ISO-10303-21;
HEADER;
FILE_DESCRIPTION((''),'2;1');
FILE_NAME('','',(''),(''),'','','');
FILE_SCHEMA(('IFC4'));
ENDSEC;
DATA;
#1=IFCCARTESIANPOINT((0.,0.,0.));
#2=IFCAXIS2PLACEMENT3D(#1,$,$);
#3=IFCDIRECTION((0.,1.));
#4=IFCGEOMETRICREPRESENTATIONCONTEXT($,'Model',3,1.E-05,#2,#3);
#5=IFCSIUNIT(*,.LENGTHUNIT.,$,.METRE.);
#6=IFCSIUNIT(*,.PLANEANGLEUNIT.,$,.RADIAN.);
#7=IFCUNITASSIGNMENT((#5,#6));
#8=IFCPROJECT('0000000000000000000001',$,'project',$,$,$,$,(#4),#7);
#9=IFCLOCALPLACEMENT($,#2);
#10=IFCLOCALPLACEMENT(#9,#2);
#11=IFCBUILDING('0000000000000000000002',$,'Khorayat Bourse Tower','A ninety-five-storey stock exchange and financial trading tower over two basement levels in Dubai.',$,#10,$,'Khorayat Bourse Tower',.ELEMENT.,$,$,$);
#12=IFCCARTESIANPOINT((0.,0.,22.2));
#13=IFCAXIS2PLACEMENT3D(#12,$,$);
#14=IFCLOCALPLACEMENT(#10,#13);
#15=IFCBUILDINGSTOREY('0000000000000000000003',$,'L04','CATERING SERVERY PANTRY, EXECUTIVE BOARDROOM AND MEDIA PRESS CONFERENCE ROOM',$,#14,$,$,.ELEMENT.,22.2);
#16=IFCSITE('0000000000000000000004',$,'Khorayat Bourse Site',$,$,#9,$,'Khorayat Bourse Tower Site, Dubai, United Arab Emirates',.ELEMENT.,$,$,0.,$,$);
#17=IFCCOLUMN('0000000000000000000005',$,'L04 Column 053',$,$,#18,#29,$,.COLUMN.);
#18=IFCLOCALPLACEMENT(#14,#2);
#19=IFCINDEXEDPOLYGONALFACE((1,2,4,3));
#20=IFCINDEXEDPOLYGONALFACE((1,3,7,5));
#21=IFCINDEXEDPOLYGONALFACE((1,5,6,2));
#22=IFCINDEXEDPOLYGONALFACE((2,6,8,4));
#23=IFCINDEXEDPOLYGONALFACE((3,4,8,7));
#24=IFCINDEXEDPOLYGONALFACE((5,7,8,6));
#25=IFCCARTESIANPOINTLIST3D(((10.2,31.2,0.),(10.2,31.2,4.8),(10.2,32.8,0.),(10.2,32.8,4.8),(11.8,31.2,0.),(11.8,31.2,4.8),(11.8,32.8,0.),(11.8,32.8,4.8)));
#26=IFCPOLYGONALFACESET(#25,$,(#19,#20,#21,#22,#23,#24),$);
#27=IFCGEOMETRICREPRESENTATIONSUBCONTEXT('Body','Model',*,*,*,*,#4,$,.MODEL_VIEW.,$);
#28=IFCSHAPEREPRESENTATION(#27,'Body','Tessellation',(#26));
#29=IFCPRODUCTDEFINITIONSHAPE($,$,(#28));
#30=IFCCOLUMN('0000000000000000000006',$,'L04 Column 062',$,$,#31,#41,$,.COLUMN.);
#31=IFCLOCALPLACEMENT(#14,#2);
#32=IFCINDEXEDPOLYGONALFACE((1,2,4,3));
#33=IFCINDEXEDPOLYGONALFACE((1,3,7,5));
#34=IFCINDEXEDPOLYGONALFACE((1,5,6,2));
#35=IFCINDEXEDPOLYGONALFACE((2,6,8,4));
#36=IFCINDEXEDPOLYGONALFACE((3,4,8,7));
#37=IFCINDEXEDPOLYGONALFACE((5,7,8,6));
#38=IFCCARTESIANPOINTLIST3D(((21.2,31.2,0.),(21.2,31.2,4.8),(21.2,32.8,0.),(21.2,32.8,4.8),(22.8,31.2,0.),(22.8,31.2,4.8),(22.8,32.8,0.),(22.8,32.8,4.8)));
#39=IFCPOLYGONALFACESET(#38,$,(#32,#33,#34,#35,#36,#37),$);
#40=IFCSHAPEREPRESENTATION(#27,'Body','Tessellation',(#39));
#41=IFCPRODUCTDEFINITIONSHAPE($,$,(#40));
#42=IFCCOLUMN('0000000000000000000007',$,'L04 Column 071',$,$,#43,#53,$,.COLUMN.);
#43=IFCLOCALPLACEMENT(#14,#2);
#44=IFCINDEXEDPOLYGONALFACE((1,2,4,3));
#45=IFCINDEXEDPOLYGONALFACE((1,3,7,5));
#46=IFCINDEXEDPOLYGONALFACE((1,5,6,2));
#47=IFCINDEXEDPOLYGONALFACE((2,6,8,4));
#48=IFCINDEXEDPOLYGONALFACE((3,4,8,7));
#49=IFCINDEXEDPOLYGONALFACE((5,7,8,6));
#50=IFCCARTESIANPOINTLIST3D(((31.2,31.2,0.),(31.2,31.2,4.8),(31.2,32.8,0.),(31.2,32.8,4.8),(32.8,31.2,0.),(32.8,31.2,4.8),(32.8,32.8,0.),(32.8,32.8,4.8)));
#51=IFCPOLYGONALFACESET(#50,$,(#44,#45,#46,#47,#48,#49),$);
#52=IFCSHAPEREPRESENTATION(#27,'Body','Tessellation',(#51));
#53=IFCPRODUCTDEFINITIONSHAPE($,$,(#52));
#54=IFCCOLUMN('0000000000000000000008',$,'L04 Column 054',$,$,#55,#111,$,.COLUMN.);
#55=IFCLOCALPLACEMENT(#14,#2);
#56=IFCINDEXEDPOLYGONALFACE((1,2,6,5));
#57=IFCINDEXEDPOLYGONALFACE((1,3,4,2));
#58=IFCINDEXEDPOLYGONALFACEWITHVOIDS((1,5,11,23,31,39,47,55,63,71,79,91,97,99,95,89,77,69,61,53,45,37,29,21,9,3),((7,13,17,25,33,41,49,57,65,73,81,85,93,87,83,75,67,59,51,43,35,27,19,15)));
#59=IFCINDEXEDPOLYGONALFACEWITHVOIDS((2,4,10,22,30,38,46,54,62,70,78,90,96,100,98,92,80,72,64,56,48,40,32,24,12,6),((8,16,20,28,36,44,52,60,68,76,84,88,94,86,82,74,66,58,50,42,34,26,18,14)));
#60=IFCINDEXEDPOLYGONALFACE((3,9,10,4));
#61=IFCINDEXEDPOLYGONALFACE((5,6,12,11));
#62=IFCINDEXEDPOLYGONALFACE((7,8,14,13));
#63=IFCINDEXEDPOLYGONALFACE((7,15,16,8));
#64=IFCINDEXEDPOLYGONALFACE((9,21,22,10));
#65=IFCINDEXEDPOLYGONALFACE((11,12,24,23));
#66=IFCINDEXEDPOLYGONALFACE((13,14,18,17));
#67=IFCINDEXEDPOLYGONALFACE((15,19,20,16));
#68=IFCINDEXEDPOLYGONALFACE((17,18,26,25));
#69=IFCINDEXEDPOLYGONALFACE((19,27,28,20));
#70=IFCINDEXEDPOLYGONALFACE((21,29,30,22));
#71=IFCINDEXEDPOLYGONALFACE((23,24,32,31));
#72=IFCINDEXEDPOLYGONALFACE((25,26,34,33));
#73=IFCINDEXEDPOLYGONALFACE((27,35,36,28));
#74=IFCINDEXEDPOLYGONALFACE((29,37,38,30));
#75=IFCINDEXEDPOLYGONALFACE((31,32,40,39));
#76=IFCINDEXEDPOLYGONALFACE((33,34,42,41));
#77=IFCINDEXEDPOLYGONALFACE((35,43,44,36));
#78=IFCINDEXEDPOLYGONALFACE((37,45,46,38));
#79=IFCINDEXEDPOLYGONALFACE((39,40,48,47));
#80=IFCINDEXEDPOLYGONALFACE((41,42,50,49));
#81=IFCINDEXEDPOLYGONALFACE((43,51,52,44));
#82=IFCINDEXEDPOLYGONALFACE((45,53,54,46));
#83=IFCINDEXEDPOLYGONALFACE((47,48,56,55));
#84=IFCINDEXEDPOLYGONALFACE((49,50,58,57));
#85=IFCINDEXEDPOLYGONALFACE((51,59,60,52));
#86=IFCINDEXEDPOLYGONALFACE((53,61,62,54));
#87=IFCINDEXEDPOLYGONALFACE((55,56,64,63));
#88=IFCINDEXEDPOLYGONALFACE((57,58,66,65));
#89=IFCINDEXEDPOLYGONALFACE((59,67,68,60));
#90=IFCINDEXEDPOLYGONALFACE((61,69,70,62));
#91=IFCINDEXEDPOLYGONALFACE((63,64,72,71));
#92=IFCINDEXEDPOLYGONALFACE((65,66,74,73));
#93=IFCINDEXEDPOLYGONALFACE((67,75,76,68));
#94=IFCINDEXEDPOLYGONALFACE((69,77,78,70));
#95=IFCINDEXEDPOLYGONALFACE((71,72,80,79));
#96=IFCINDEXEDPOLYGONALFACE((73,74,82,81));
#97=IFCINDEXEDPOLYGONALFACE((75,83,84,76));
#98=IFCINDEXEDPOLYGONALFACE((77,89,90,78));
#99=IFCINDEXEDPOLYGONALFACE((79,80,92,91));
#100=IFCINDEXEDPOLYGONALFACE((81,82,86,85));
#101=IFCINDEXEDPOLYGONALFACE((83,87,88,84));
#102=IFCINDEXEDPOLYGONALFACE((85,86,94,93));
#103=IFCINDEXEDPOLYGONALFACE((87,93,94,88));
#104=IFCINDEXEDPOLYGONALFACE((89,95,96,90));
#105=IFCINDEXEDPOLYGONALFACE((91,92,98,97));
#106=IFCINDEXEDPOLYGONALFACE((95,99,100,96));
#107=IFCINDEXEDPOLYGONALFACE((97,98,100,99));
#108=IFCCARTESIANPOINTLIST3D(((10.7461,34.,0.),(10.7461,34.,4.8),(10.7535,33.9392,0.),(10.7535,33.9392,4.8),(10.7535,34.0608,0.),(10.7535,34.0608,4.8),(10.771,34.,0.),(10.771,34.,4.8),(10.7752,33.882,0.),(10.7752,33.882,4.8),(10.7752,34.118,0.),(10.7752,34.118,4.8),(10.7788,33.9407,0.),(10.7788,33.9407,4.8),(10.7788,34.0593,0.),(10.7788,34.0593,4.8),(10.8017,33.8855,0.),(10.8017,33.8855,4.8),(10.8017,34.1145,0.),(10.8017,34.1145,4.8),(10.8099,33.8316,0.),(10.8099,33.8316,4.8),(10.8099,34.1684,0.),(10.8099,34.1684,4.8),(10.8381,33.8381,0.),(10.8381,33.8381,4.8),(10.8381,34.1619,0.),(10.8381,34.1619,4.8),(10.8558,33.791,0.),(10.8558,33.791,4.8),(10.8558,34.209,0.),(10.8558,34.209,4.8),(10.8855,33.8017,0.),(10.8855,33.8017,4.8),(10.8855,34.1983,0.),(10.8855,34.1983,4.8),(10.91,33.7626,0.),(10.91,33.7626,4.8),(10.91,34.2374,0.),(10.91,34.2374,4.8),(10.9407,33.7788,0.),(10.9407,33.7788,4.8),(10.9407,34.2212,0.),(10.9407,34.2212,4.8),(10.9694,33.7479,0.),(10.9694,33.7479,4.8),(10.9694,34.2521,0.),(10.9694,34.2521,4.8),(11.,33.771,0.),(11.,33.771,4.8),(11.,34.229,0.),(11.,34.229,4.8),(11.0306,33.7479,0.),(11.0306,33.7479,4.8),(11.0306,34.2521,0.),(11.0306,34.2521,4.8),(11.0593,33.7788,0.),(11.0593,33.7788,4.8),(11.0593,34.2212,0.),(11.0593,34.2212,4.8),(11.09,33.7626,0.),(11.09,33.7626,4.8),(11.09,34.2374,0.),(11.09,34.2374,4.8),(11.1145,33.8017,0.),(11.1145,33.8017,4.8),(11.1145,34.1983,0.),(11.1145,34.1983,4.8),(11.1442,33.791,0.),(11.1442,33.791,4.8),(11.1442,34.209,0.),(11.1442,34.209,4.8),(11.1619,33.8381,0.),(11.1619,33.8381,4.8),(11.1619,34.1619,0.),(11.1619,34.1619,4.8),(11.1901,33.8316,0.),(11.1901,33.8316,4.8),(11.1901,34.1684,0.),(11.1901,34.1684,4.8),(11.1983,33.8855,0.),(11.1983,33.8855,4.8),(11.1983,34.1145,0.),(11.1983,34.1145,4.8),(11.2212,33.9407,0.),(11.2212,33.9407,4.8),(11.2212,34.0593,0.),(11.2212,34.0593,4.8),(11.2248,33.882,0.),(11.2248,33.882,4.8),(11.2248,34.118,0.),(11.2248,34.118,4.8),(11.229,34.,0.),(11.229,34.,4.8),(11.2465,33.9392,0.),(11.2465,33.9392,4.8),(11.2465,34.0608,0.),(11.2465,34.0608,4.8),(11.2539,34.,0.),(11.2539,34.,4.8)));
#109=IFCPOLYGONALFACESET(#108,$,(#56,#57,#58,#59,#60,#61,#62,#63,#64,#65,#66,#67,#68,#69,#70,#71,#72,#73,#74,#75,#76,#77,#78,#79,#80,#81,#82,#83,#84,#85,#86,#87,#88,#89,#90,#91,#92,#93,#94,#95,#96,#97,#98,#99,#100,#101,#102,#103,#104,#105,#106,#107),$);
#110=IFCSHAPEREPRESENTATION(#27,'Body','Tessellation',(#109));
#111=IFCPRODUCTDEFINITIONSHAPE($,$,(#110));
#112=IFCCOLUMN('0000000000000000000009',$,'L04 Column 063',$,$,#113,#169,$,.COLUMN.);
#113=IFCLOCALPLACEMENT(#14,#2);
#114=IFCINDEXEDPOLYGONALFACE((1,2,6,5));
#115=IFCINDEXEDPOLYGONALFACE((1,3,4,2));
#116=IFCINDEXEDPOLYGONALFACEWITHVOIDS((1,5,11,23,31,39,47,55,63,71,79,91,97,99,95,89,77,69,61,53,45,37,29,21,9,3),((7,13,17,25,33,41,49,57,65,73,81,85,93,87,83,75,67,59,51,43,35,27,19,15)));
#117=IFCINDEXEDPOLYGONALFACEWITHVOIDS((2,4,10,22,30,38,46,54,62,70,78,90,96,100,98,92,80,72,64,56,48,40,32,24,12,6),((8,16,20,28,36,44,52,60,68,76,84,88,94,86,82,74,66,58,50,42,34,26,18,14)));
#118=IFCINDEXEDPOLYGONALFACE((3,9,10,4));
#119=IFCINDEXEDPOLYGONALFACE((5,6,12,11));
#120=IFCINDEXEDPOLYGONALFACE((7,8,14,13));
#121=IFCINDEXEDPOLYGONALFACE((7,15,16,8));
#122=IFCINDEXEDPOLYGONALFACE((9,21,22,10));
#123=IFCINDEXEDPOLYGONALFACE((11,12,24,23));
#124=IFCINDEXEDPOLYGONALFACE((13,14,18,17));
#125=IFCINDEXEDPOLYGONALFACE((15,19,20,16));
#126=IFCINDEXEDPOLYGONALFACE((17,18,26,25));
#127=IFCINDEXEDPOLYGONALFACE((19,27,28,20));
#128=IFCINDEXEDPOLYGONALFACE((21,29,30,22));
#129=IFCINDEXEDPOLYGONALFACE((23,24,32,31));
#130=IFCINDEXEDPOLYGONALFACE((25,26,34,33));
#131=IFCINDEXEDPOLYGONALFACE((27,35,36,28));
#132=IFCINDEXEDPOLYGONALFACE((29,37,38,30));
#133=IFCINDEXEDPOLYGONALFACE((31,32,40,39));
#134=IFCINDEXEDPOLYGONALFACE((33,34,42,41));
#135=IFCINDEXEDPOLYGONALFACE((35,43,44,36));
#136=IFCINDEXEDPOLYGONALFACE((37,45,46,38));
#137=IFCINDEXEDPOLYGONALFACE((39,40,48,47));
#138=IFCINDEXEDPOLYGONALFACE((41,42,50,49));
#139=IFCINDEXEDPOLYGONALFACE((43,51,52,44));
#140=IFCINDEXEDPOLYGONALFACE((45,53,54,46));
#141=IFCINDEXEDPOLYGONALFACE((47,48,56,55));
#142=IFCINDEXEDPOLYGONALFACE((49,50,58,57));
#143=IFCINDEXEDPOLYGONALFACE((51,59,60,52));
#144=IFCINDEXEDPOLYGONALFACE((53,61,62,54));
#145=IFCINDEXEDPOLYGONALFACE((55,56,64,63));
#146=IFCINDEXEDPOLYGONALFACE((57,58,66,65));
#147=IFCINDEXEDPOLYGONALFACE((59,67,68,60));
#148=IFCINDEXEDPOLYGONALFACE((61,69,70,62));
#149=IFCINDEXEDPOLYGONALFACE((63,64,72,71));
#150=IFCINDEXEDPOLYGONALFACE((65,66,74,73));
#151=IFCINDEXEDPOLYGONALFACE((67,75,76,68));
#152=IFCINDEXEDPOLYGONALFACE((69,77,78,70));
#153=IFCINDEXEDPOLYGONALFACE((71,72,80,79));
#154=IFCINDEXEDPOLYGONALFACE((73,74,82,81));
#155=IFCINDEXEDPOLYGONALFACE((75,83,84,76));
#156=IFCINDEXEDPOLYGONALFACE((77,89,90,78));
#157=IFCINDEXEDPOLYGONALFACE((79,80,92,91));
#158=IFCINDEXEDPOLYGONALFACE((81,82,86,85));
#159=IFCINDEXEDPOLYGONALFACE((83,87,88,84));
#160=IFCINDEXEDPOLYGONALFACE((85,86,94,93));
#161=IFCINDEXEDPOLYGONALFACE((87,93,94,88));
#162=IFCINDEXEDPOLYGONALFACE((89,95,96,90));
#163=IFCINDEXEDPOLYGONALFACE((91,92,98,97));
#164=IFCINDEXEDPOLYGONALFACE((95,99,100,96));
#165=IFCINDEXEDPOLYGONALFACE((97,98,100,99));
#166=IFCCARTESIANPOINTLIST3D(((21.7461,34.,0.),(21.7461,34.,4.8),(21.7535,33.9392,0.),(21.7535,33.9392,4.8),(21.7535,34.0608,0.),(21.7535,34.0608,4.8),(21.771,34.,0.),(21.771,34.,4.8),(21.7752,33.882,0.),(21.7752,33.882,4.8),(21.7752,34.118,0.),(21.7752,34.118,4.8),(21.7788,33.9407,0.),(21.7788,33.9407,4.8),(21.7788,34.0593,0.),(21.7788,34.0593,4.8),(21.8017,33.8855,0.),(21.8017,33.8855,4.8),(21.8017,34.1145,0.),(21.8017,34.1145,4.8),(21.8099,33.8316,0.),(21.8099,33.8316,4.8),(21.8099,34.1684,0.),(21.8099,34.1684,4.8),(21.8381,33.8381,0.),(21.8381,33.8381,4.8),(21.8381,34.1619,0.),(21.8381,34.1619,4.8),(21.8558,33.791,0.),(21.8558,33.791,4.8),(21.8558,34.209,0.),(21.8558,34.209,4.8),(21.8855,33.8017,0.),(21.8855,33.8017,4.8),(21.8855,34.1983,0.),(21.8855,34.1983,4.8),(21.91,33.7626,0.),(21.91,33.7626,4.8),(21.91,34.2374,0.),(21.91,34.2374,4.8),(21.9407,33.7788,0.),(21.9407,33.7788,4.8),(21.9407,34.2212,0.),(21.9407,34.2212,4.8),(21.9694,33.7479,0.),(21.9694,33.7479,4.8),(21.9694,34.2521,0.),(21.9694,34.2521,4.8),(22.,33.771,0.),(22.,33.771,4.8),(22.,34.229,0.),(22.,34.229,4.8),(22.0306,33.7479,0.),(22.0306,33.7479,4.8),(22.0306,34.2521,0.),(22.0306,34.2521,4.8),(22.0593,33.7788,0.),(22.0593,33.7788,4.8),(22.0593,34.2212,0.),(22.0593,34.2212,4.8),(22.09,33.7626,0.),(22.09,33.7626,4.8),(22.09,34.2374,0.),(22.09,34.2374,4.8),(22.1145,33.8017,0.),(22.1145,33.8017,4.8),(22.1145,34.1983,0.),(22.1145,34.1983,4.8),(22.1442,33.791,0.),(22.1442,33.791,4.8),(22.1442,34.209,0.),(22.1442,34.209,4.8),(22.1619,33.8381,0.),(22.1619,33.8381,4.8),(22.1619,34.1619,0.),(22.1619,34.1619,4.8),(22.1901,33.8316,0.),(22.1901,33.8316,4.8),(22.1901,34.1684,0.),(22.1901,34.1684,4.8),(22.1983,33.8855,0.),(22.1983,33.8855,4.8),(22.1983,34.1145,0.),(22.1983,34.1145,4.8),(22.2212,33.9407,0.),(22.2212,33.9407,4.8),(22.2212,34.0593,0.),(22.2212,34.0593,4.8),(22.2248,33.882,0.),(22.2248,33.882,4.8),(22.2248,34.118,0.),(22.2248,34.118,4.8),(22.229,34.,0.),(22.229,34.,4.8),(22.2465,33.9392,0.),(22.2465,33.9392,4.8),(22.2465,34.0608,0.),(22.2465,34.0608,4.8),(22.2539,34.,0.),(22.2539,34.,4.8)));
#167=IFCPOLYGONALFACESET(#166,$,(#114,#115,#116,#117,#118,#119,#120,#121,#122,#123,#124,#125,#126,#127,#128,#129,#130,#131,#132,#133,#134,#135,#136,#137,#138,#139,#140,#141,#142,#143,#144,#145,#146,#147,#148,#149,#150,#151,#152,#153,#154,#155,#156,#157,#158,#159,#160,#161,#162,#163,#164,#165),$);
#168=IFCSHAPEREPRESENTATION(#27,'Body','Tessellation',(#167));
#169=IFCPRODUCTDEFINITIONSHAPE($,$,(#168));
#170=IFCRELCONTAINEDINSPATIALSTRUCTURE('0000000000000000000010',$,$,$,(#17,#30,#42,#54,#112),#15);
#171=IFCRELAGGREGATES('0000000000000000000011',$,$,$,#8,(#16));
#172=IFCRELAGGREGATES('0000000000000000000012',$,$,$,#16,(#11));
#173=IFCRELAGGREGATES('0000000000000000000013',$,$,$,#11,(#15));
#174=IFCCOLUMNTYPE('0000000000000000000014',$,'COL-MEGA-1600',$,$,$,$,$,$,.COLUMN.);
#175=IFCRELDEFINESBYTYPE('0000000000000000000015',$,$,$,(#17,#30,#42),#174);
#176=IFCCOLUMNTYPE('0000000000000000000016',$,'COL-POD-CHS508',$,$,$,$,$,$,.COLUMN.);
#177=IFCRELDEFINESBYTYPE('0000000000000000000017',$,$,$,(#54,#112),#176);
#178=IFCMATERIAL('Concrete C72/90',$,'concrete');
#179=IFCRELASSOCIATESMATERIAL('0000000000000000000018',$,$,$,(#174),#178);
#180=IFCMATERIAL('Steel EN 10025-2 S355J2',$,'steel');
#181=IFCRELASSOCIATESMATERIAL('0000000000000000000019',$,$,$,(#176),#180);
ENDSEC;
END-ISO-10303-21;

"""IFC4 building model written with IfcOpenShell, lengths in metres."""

from ifc_helpers import new_model, si_unit, direction, frame, origin, origin_2d, place, context, subcontext, project, spatial, rectangle, hollow_circle, extrude, source, transform, mapped, material, material_profile, profile_set, type_object, element, save


model = new_model("IFC4")

# Units and contexts
model_context = context("Model", 3, precision=1e-05, world=origin(), true_north=direction((0.0, 1.0)))
body_context = subcontext(model_context, "Body", "Model", "MODEL_VIEW")
ifc_project = project(units=[si_unit("LENGTHUNIT", "METRE"), si_unit("PLANEANGLEUNIT", "RADIAN")], contexts=[model_context])

# Site, building, storey
site_placement = place(None, origin())
site = spatial("IfcSite", under=ifc_project, at=site_placement, Name="Khorayat Bourse Site", LongName="Khorayat Bourse Tower Site, Dubai, United Arab Emirates", CompositionType="ELEMENT", RefElevation=0.0)
building_placement = place(site_placement, origin())
building = spatial("IfcBuilding", under=site, at=building_placement, Name="Khorayat Bourse Tower", Description="A ninety-five-storey stock exchange and financial trading tower over two basement levels in Dubai.", LongName="Khorayat Bourse Tower", CompositionType="ELEMENT")
storey_placement = place(building_placement, frame((0.0, 0.0, 22.2)))
storey = spatial("IfcBuildingStorey", under=building, at=storey_placement, Name="L04", Description="CATERING SERVERY PANTRY, EXECUTIVE BOARDROOM AND MEDIA PRESS CONFERENCE ROOM", CompositionType="ELEMENT", Elevation=22.2)

# Columns
ifc_material_1 = material(Name="Concrete C72/90", Category="concrete")
ifc_material_profile_1 = material_profile(ifc_material_1, rectangle(XDim=1.6001, YDim=1.6001, at=origin_2d()), Name="RC 1600x1600")
ifc_profile_set_1 = profile_set([ifc_material_profile_1], Name="Concrete C72/90")
column_type_1 = type_object("IfcColumnType", Name="COL-MEGA-1600", PredefinedType="COLUMN", material=ifc_profile_set_1)
shared_shape_1 = source(origin(), body_context, "Body", "SweptSolid", [
    extrude(rectangle(XDim=1.6001, YDim=1.6001, at=origin_2d()), origin(), (0.0, 0.0, 1.0), 4.8),
])
for number, where, z_axis, x_axis, name in (
    (1, (11.0, 32.0, 0.0), (0.0, 0.0, 1.0), (1.0, 0.0, 0.0), "L04 Column 053"),
    (2, (22.0, 32.0, 0.0), (0.0, 0.0, 1.0), (1.0, 0.0, 0.0), "L04 Column 062"),
    (3, (32.0, 32.0, 0.0), (0.0, 0.0, 1.0), (1.0, 0.0, 0.0), "L04 Column 071"),
):
    element("IfcColumn", number, at=place(storey_placement, frame(where, z_axis=z_axis, x_axis=x_axis)), inside=storey, type_object=column_type_1, Name=name, PredefinedType="COLUMN", context=body_context, shape_type="MappedRepresentation", body=[
        mapped(shared_shape_1, transform((0.0, 0.0, 0.0), scale=1.0)),
    ])
ifc_material_2 = material(Name="Steel EN 10025-2 S355J2", Category="steel")
ifc_material_profile_2 = material_profile(ifc_material_2, hollow_circle(Radius=0.2539, WallThickness=0.0249, at=origin_2d()), Name="CHS 508x25")
ifc_profile_set_2 = profile_set([ifc_material_profile_2], Name="Steel EN 10025-2 S355J2")
column_type_2 = type_object("IfcColumnType", Name="COL-POD-CHS508", PredefinedType="COLUMN", material=ifc_profile_set_2)
shared_shape_2 = source(origin(), body_context, "Body", "SweptSolid", [
    extrude(hollow_circle(Radius=0.2539, WallThickness=0.0249, at=origin_2d()), origin(), (0.0, 0.0, 1.0), 4.8),
])
for number, where, z_axis, x_axis, name in (
    (4, (11.0, 34.0, 0.0), (0.0, 0.0, 1.0), (1.0, 0.0, 0.0), "L04 Column 054"),
    (5, (22.0, 34.0, 0.0), (0.0, 0.0, 1.0), (1.0, 0.0, 0.0), "L04 Column 063"),
):
    element("IfcColumn", number, at=place(storey_placement, frame(where, z_axis=z_axis, x_axis=x_axis)), inside=storey, type_object=column_type_2, Name=name, PredefinedType="COLUMN", context=body_context, shape_type="MappedRepresentation", body=[
        mapped(shared_shape_2, transform((0.0, 0.0, 0.0), scale=1.0)),
    ])

save(model, "model.ifc")
